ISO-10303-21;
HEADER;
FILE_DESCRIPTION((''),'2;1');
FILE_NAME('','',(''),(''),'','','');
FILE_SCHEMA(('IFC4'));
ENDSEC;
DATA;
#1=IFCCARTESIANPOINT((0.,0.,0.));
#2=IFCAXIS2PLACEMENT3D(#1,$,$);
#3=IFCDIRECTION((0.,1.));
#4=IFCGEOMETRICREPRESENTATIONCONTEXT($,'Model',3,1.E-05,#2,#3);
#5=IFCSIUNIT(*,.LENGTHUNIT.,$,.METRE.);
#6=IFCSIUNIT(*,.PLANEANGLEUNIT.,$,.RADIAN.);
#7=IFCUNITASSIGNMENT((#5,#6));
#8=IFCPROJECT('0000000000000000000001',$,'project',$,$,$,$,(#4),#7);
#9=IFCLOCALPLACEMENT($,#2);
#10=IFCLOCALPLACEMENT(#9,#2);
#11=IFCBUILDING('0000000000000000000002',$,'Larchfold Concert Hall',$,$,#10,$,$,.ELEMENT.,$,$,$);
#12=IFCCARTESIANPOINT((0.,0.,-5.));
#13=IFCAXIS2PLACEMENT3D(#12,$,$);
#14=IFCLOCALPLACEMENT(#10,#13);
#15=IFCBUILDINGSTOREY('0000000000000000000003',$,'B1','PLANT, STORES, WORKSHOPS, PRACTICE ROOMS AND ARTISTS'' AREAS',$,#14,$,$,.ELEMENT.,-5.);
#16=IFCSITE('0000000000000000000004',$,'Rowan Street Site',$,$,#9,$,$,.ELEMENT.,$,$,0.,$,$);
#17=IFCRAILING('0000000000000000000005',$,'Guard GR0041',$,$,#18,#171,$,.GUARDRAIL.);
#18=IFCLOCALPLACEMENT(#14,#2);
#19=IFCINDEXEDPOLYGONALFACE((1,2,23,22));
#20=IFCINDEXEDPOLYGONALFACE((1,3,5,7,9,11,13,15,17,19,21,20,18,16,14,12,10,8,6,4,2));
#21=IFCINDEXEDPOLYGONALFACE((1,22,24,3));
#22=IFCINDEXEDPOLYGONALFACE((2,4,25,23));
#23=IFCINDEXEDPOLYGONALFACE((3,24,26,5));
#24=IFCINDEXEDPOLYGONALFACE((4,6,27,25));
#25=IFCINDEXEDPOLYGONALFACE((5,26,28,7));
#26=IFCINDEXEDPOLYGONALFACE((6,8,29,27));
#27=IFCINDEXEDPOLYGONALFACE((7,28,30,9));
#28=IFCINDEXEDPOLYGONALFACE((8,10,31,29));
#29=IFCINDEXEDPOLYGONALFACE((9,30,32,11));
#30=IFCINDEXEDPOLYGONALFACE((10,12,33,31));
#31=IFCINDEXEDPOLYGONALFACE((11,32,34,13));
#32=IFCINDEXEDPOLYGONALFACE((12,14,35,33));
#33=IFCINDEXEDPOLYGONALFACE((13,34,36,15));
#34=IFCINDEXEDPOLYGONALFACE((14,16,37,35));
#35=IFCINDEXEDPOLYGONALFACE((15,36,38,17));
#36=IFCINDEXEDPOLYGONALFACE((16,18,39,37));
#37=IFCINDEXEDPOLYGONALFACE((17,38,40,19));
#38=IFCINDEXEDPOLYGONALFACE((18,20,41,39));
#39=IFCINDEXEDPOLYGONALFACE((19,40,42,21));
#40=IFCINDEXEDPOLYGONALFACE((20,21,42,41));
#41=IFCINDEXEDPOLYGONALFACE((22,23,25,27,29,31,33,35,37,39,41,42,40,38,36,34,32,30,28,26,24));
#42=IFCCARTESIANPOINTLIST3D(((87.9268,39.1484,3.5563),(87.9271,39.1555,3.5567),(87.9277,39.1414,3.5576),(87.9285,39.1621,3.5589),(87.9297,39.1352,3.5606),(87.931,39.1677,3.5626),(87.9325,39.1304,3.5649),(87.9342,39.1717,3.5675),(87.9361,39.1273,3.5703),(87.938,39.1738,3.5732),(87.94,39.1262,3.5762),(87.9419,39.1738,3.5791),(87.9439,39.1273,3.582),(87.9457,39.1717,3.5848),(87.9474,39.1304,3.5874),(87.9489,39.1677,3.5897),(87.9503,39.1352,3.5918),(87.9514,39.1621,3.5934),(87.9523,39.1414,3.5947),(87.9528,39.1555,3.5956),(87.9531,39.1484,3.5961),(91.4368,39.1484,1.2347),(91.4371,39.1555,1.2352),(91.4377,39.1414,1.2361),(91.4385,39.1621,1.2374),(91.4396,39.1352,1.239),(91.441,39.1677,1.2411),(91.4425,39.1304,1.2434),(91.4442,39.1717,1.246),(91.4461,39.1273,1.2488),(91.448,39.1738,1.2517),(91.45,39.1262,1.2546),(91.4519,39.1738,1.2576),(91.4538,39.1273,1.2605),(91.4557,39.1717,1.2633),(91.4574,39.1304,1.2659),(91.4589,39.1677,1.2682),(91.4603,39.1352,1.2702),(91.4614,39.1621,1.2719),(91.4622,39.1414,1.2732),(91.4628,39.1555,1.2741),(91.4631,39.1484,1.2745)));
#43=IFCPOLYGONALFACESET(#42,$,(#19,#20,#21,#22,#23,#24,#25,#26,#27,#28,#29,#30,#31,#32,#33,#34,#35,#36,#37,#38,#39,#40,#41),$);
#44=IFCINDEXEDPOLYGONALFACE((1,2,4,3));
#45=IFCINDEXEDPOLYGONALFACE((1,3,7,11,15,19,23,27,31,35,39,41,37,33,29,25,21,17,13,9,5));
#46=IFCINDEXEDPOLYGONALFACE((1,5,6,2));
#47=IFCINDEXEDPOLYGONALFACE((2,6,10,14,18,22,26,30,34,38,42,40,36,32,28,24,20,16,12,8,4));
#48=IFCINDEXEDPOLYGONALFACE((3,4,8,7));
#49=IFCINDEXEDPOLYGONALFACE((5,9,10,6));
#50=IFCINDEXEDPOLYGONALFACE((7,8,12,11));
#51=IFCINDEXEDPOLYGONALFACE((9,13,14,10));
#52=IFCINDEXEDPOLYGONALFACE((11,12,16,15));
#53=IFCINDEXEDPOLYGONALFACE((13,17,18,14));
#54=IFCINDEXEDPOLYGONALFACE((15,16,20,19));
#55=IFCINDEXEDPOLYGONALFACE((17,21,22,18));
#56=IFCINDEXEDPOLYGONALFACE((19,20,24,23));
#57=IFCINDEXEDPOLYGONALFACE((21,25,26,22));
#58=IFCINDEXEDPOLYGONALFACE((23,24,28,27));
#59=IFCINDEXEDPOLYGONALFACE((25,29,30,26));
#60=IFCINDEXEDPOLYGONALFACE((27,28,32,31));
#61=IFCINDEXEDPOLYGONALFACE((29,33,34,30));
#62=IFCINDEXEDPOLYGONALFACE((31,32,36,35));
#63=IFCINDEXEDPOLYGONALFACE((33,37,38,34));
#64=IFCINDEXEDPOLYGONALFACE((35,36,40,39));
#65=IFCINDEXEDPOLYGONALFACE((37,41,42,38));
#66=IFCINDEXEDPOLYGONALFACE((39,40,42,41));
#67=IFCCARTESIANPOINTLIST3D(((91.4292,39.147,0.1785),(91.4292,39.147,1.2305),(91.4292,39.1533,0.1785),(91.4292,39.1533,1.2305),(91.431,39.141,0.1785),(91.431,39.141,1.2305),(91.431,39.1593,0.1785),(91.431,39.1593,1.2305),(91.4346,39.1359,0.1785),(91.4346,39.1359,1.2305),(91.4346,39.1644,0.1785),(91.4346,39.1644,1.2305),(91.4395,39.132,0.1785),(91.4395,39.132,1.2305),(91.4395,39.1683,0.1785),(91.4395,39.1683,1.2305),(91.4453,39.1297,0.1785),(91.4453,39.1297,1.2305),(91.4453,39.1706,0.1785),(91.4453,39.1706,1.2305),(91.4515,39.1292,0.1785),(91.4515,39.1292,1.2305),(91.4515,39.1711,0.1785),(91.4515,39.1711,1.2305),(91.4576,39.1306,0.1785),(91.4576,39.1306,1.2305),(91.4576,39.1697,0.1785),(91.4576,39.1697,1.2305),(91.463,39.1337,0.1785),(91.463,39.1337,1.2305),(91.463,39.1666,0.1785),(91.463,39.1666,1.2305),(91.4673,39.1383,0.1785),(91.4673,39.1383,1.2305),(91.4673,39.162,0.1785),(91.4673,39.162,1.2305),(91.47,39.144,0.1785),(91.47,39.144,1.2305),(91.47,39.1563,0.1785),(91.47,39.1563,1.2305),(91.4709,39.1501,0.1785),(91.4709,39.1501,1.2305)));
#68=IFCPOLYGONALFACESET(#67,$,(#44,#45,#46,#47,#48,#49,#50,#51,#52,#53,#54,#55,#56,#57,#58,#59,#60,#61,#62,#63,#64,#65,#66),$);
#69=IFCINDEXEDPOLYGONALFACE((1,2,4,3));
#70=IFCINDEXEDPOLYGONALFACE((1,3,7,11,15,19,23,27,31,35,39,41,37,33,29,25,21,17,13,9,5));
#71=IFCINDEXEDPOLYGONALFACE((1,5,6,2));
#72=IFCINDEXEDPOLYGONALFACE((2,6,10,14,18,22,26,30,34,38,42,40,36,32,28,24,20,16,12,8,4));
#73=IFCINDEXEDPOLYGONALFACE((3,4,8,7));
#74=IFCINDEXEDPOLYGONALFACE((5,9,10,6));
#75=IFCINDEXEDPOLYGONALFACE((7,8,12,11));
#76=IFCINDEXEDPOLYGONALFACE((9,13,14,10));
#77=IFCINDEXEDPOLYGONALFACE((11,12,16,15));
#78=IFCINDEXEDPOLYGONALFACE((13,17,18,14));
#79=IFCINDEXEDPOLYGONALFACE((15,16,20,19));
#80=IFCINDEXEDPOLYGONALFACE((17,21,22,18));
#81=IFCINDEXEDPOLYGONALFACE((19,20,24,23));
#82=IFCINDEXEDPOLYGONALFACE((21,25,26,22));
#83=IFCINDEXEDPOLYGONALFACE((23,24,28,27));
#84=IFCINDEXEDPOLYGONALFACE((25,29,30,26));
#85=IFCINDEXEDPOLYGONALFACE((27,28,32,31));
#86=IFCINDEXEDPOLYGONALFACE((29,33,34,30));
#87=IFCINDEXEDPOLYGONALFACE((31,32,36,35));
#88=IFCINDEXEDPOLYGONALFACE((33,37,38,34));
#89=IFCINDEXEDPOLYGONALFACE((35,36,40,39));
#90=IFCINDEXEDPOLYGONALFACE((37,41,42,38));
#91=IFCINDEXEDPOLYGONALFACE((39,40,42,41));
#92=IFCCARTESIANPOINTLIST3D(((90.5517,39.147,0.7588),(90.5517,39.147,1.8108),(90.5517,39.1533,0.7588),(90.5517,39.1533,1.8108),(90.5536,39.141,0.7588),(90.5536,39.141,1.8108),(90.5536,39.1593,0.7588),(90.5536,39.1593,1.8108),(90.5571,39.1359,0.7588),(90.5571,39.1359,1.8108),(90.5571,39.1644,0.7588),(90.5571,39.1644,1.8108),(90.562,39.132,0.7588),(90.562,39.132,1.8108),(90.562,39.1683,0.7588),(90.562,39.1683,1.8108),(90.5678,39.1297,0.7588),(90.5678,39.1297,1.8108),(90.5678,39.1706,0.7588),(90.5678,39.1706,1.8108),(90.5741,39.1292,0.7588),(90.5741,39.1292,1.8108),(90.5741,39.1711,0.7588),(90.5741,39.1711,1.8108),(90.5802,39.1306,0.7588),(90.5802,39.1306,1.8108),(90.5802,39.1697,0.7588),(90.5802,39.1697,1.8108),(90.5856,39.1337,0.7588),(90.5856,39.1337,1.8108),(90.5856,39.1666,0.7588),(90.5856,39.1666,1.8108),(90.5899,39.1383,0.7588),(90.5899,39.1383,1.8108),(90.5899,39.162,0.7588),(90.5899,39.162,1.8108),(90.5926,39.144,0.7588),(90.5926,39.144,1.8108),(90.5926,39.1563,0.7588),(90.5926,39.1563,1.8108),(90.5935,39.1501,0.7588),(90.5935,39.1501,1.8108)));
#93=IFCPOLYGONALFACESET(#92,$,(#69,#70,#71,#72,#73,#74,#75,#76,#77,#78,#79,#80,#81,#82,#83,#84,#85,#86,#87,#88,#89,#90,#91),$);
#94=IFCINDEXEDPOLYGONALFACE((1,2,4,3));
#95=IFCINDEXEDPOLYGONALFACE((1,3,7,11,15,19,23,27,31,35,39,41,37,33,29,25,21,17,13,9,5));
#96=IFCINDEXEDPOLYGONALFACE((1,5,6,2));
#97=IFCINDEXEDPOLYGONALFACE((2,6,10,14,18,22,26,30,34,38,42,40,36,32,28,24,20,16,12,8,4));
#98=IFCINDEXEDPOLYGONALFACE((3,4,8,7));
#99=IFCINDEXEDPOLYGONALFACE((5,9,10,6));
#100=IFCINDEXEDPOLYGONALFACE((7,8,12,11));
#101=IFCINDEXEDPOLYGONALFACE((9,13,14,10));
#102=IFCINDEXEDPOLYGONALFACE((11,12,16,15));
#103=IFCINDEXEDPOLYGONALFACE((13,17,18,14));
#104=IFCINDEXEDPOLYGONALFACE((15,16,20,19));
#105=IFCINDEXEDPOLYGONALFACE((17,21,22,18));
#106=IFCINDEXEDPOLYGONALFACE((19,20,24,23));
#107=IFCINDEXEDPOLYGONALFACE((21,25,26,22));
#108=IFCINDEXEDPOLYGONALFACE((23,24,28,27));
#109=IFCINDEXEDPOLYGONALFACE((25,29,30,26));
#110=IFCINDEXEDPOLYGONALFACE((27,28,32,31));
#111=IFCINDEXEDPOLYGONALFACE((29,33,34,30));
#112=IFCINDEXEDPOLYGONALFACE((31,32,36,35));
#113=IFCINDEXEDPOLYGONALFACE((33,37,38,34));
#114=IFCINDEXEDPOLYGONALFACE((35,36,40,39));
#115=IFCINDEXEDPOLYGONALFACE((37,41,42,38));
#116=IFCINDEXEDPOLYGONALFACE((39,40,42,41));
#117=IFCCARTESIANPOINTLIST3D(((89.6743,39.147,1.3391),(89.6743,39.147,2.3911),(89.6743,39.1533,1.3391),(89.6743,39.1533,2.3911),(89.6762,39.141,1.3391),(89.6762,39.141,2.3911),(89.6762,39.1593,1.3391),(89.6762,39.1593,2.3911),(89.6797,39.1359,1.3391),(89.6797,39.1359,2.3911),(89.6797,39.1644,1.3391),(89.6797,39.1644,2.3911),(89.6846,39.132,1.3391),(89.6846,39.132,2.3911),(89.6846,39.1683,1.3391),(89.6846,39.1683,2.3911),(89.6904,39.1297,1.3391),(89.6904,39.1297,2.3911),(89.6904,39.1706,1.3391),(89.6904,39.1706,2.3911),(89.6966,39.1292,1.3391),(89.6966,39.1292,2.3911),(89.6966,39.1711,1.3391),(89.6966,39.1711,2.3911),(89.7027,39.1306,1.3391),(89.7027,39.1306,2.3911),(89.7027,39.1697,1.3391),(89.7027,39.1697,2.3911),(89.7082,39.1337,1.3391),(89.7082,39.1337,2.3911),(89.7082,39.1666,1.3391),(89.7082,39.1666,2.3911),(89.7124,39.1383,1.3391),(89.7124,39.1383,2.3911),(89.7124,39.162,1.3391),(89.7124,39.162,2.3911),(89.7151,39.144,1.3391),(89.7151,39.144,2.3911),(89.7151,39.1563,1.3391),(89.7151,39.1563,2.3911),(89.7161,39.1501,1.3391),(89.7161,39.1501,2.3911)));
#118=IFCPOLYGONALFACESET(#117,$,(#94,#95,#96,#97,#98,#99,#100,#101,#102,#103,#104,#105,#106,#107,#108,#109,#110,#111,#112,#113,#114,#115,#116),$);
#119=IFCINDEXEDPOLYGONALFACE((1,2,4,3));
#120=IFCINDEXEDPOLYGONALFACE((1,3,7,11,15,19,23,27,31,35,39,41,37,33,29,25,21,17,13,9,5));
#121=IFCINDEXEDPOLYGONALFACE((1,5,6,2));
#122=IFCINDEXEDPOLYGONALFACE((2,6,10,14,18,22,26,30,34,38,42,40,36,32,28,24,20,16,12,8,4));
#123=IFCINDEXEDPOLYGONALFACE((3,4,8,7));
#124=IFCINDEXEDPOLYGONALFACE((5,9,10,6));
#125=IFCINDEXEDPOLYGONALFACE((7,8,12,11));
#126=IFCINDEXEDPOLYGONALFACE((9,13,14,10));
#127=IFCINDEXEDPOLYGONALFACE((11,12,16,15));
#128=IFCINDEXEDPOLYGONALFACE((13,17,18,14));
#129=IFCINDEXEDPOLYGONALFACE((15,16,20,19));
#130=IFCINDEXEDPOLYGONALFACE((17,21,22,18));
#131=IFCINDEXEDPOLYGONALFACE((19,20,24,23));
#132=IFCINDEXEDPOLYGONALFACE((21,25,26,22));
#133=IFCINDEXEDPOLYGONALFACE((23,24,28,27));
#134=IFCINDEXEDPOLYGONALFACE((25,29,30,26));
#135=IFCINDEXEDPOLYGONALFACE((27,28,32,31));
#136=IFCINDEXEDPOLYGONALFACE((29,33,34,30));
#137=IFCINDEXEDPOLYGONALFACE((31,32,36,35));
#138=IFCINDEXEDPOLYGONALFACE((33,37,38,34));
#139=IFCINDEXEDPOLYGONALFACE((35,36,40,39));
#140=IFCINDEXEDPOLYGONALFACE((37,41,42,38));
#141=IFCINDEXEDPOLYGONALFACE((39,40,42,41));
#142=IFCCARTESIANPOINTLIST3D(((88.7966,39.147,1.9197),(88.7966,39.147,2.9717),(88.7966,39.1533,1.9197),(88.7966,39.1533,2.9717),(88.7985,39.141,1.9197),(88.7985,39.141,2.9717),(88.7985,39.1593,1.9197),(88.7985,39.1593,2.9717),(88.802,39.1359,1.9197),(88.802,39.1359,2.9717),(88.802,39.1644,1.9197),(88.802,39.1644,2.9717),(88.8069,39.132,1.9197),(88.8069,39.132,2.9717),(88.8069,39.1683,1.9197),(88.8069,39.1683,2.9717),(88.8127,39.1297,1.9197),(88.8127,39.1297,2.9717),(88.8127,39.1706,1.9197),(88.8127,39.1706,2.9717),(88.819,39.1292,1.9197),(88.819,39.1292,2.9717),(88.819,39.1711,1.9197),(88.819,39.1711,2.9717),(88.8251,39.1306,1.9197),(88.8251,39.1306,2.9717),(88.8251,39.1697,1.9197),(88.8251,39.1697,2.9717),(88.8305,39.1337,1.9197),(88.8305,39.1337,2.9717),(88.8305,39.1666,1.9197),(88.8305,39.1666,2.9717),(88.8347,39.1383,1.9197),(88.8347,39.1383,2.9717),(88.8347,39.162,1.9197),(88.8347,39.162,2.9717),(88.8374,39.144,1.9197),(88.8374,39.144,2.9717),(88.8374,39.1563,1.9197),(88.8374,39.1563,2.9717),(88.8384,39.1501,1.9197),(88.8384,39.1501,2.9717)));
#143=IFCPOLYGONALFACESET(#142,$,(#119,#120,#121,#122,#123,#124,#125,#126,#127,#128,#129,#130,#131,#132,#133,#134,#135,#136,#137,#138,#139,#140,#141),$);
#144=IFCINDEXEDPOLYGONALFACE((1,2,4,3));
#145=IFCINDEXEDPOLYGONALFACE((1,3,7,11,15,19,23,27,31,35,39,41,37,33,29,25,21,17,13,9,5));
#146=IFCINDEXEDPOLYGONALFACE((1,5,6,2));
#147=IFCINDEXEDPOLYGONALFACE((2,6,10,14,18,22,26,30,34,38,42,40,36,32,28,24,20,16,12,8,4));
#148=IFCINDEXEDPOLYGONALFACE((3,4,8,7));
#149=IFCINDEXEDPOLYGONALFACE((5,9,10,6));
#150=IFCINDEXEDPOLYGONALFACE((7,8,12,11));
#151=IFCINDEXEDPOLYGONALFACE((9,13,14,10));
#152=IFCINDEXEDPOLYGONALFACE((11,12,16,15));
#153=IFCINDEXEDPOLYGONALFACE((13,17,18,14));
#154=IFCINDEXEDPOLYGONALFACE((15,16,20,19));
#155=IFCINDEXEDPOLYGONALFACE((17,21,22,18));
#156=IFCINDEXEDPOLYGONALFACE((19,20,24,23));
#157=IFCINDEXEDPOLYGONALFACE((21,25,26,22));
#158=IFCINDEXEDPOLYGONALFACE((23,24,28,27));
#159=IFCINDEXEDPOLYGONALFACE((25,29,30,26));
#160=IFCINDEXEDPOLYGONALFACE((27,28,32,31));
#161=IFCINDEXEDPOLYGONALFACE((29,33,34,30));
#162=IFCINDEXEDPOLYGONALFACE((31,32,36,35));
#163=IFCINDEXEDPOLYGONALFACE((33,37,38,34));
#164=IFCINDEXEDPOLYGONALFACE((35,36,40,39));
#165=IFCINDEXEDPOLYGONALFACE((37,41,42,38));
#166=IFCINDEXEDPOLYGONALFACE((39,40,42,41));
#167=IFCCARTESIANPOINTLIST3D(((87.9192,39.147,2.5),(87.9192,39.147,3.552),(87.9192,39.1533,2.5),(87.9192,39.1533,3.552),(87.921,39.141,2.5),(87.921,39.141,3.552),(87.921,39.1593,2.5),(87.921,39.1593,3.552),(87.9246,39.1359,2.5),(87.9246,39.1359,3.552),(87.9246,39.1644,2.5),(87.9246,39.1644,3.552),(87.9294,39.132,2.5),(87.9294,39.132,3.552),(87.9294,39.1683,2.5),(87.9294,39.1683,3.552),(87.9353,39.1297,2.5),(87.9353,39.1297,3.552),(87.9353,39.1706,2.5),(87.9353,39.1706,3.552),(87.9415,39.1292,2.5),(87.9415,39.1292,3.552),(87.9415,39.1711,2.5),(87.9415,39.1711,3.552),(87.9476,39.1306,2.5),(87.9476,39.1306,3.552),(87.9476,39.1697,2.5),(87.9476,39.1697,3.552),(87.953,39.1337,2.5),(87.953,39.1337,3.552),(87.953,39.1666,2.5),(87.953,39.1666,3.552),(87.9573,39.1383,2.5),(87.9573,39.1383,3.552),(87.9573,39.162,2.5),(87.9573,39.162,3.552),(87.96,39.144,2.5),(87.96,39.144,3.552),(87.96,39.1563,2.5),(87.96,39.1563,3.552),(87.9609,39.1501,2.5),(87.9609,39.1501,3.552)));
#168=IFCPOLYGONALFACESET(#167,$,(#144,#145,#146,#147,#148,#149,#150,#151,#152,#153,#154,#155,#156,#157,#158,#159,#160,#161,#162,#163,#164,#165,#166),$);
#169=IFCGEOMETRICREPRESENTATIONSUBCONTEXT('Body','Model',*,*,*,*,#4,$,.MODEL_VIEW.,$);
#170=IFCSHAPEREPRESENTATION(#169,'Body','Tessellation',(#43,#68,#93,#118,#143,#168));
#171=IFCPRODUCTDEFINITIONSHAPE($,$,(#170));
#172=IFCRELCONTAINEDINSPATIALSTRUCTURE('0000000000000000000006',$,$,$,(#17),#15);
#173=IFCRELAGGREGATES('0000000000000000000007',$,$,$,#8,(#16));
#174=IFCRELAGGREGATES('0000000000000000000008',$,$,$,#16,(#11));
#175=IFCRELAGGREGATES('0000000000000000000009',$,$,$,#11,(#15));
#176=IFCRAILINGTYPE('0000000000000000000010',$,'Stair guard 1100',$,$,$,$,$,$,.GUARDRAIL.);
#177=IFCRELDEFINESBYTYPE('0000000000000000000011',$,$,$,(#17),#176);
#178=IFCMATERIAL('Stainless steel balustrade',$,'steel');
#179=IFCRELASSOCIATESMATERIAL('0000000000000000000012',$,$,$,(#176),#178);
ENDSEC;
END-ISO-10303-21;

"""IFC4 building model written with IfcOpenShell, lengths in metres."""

from ifc_helpers import new_model, si_unit, direction, frame, origin, origin_2d, place, context, subcontext, project, spatial, circle, extrude, material, type_object, element, save


model = new_model("IFC4")

# Units and contexts
model_context = context("Model", 3, precision=1e-05, world=origin(), true_north=direction((0.0, 1.0)))
body_context = subcontext(model_context, "Body", "Model", "MODEL_VIEW")
ifc_project = project(units=[si_unit("LENGTHUNIT", "METRE"), si_unit("PLANEANGLEUNIT", "RADIAN")], contexts=[model_context])

# Site, building, storey
site_placement = place(None, origin())
site = spatial("IfcSite", under=ifc_project, at=site_placement, Name="Rowan Street Site", CompositionType="ELEMENT", RefElevation=0.0)
building_placement = place(site_placement, origin())
building = spatial("IfcBuilding", under=site, at=building_placement, Name="Larchfold Concert Hall", CompositionType="ELEMENT")
storey_placement = place(building_placement, frame((0.0, 0.0, -5.0)))
storey = spatial("IfcBuildingStorey", under=building, at=storey_placement, Name="B1", Description="PLANT, STORES, WORKSHOPS, PRACTICE ROOMS AND ARTISTS' AREAS", CompositionType="ELEMENT", Elevation=-5.0)

# Railing
ifc_material_1 = material(Name="Stainless steel balustrade", Category="steel")
railing_type_1 = type_object("IfcRailingType", Name="Stair guard 1100", PredefinedType="GUARDRAIL", material=ifc_material_1)
railing_1_placement = place(storey_placement, frame((91.45, 39.1501, 0.1785)))
element("IfcRailing", 1, at=railing_1_placement, inside=storey, type_object=railing_type_1, Name="Guard GR0041", PredefinedType="GUARDRAIL", context=body_context, shape_type="SweptSolid", body=[
    extrude(circle(Radius=0.0239, at=origin_2d()), frame((0.0, 0.0, 1.0762), z_axis=(-0.834071, 0.0, 0.551657), x_axis=(0.0, -1.0, 0.0)), (0.0, 0.0, 1.0), 4.2083),
    extrude(circle(Radius=0.021, at=origin_2d()), origin(), (0.0, 0.0, 1.0), 1.052),
    extrude(circle(Radius=0.021, at=origin_2d()), frame((-0.8774, 0.0, 0.5803)), (0.0, 0.0, 1.0), 1.052),
    extrude(circle(Radius=0.021, at=origin_2d()), frame((-1.7549, 0.0, 1.1606)), (0.0, 0.0, 1.0), 1.052),
    extrude(circle(Radius=0.021, at=origin_2d()), frame((-2.6326, 0.0, 1.7412)), (0.0, 0.0, 1.0), 1.052),
    extrude(circle(Radius=0.021, at=origin_2d()), frame((-3.51, 0.0, 2.3215)), (0.0, 0.0, 1.0), 1.052),
])

save(model, "model.ifc")
